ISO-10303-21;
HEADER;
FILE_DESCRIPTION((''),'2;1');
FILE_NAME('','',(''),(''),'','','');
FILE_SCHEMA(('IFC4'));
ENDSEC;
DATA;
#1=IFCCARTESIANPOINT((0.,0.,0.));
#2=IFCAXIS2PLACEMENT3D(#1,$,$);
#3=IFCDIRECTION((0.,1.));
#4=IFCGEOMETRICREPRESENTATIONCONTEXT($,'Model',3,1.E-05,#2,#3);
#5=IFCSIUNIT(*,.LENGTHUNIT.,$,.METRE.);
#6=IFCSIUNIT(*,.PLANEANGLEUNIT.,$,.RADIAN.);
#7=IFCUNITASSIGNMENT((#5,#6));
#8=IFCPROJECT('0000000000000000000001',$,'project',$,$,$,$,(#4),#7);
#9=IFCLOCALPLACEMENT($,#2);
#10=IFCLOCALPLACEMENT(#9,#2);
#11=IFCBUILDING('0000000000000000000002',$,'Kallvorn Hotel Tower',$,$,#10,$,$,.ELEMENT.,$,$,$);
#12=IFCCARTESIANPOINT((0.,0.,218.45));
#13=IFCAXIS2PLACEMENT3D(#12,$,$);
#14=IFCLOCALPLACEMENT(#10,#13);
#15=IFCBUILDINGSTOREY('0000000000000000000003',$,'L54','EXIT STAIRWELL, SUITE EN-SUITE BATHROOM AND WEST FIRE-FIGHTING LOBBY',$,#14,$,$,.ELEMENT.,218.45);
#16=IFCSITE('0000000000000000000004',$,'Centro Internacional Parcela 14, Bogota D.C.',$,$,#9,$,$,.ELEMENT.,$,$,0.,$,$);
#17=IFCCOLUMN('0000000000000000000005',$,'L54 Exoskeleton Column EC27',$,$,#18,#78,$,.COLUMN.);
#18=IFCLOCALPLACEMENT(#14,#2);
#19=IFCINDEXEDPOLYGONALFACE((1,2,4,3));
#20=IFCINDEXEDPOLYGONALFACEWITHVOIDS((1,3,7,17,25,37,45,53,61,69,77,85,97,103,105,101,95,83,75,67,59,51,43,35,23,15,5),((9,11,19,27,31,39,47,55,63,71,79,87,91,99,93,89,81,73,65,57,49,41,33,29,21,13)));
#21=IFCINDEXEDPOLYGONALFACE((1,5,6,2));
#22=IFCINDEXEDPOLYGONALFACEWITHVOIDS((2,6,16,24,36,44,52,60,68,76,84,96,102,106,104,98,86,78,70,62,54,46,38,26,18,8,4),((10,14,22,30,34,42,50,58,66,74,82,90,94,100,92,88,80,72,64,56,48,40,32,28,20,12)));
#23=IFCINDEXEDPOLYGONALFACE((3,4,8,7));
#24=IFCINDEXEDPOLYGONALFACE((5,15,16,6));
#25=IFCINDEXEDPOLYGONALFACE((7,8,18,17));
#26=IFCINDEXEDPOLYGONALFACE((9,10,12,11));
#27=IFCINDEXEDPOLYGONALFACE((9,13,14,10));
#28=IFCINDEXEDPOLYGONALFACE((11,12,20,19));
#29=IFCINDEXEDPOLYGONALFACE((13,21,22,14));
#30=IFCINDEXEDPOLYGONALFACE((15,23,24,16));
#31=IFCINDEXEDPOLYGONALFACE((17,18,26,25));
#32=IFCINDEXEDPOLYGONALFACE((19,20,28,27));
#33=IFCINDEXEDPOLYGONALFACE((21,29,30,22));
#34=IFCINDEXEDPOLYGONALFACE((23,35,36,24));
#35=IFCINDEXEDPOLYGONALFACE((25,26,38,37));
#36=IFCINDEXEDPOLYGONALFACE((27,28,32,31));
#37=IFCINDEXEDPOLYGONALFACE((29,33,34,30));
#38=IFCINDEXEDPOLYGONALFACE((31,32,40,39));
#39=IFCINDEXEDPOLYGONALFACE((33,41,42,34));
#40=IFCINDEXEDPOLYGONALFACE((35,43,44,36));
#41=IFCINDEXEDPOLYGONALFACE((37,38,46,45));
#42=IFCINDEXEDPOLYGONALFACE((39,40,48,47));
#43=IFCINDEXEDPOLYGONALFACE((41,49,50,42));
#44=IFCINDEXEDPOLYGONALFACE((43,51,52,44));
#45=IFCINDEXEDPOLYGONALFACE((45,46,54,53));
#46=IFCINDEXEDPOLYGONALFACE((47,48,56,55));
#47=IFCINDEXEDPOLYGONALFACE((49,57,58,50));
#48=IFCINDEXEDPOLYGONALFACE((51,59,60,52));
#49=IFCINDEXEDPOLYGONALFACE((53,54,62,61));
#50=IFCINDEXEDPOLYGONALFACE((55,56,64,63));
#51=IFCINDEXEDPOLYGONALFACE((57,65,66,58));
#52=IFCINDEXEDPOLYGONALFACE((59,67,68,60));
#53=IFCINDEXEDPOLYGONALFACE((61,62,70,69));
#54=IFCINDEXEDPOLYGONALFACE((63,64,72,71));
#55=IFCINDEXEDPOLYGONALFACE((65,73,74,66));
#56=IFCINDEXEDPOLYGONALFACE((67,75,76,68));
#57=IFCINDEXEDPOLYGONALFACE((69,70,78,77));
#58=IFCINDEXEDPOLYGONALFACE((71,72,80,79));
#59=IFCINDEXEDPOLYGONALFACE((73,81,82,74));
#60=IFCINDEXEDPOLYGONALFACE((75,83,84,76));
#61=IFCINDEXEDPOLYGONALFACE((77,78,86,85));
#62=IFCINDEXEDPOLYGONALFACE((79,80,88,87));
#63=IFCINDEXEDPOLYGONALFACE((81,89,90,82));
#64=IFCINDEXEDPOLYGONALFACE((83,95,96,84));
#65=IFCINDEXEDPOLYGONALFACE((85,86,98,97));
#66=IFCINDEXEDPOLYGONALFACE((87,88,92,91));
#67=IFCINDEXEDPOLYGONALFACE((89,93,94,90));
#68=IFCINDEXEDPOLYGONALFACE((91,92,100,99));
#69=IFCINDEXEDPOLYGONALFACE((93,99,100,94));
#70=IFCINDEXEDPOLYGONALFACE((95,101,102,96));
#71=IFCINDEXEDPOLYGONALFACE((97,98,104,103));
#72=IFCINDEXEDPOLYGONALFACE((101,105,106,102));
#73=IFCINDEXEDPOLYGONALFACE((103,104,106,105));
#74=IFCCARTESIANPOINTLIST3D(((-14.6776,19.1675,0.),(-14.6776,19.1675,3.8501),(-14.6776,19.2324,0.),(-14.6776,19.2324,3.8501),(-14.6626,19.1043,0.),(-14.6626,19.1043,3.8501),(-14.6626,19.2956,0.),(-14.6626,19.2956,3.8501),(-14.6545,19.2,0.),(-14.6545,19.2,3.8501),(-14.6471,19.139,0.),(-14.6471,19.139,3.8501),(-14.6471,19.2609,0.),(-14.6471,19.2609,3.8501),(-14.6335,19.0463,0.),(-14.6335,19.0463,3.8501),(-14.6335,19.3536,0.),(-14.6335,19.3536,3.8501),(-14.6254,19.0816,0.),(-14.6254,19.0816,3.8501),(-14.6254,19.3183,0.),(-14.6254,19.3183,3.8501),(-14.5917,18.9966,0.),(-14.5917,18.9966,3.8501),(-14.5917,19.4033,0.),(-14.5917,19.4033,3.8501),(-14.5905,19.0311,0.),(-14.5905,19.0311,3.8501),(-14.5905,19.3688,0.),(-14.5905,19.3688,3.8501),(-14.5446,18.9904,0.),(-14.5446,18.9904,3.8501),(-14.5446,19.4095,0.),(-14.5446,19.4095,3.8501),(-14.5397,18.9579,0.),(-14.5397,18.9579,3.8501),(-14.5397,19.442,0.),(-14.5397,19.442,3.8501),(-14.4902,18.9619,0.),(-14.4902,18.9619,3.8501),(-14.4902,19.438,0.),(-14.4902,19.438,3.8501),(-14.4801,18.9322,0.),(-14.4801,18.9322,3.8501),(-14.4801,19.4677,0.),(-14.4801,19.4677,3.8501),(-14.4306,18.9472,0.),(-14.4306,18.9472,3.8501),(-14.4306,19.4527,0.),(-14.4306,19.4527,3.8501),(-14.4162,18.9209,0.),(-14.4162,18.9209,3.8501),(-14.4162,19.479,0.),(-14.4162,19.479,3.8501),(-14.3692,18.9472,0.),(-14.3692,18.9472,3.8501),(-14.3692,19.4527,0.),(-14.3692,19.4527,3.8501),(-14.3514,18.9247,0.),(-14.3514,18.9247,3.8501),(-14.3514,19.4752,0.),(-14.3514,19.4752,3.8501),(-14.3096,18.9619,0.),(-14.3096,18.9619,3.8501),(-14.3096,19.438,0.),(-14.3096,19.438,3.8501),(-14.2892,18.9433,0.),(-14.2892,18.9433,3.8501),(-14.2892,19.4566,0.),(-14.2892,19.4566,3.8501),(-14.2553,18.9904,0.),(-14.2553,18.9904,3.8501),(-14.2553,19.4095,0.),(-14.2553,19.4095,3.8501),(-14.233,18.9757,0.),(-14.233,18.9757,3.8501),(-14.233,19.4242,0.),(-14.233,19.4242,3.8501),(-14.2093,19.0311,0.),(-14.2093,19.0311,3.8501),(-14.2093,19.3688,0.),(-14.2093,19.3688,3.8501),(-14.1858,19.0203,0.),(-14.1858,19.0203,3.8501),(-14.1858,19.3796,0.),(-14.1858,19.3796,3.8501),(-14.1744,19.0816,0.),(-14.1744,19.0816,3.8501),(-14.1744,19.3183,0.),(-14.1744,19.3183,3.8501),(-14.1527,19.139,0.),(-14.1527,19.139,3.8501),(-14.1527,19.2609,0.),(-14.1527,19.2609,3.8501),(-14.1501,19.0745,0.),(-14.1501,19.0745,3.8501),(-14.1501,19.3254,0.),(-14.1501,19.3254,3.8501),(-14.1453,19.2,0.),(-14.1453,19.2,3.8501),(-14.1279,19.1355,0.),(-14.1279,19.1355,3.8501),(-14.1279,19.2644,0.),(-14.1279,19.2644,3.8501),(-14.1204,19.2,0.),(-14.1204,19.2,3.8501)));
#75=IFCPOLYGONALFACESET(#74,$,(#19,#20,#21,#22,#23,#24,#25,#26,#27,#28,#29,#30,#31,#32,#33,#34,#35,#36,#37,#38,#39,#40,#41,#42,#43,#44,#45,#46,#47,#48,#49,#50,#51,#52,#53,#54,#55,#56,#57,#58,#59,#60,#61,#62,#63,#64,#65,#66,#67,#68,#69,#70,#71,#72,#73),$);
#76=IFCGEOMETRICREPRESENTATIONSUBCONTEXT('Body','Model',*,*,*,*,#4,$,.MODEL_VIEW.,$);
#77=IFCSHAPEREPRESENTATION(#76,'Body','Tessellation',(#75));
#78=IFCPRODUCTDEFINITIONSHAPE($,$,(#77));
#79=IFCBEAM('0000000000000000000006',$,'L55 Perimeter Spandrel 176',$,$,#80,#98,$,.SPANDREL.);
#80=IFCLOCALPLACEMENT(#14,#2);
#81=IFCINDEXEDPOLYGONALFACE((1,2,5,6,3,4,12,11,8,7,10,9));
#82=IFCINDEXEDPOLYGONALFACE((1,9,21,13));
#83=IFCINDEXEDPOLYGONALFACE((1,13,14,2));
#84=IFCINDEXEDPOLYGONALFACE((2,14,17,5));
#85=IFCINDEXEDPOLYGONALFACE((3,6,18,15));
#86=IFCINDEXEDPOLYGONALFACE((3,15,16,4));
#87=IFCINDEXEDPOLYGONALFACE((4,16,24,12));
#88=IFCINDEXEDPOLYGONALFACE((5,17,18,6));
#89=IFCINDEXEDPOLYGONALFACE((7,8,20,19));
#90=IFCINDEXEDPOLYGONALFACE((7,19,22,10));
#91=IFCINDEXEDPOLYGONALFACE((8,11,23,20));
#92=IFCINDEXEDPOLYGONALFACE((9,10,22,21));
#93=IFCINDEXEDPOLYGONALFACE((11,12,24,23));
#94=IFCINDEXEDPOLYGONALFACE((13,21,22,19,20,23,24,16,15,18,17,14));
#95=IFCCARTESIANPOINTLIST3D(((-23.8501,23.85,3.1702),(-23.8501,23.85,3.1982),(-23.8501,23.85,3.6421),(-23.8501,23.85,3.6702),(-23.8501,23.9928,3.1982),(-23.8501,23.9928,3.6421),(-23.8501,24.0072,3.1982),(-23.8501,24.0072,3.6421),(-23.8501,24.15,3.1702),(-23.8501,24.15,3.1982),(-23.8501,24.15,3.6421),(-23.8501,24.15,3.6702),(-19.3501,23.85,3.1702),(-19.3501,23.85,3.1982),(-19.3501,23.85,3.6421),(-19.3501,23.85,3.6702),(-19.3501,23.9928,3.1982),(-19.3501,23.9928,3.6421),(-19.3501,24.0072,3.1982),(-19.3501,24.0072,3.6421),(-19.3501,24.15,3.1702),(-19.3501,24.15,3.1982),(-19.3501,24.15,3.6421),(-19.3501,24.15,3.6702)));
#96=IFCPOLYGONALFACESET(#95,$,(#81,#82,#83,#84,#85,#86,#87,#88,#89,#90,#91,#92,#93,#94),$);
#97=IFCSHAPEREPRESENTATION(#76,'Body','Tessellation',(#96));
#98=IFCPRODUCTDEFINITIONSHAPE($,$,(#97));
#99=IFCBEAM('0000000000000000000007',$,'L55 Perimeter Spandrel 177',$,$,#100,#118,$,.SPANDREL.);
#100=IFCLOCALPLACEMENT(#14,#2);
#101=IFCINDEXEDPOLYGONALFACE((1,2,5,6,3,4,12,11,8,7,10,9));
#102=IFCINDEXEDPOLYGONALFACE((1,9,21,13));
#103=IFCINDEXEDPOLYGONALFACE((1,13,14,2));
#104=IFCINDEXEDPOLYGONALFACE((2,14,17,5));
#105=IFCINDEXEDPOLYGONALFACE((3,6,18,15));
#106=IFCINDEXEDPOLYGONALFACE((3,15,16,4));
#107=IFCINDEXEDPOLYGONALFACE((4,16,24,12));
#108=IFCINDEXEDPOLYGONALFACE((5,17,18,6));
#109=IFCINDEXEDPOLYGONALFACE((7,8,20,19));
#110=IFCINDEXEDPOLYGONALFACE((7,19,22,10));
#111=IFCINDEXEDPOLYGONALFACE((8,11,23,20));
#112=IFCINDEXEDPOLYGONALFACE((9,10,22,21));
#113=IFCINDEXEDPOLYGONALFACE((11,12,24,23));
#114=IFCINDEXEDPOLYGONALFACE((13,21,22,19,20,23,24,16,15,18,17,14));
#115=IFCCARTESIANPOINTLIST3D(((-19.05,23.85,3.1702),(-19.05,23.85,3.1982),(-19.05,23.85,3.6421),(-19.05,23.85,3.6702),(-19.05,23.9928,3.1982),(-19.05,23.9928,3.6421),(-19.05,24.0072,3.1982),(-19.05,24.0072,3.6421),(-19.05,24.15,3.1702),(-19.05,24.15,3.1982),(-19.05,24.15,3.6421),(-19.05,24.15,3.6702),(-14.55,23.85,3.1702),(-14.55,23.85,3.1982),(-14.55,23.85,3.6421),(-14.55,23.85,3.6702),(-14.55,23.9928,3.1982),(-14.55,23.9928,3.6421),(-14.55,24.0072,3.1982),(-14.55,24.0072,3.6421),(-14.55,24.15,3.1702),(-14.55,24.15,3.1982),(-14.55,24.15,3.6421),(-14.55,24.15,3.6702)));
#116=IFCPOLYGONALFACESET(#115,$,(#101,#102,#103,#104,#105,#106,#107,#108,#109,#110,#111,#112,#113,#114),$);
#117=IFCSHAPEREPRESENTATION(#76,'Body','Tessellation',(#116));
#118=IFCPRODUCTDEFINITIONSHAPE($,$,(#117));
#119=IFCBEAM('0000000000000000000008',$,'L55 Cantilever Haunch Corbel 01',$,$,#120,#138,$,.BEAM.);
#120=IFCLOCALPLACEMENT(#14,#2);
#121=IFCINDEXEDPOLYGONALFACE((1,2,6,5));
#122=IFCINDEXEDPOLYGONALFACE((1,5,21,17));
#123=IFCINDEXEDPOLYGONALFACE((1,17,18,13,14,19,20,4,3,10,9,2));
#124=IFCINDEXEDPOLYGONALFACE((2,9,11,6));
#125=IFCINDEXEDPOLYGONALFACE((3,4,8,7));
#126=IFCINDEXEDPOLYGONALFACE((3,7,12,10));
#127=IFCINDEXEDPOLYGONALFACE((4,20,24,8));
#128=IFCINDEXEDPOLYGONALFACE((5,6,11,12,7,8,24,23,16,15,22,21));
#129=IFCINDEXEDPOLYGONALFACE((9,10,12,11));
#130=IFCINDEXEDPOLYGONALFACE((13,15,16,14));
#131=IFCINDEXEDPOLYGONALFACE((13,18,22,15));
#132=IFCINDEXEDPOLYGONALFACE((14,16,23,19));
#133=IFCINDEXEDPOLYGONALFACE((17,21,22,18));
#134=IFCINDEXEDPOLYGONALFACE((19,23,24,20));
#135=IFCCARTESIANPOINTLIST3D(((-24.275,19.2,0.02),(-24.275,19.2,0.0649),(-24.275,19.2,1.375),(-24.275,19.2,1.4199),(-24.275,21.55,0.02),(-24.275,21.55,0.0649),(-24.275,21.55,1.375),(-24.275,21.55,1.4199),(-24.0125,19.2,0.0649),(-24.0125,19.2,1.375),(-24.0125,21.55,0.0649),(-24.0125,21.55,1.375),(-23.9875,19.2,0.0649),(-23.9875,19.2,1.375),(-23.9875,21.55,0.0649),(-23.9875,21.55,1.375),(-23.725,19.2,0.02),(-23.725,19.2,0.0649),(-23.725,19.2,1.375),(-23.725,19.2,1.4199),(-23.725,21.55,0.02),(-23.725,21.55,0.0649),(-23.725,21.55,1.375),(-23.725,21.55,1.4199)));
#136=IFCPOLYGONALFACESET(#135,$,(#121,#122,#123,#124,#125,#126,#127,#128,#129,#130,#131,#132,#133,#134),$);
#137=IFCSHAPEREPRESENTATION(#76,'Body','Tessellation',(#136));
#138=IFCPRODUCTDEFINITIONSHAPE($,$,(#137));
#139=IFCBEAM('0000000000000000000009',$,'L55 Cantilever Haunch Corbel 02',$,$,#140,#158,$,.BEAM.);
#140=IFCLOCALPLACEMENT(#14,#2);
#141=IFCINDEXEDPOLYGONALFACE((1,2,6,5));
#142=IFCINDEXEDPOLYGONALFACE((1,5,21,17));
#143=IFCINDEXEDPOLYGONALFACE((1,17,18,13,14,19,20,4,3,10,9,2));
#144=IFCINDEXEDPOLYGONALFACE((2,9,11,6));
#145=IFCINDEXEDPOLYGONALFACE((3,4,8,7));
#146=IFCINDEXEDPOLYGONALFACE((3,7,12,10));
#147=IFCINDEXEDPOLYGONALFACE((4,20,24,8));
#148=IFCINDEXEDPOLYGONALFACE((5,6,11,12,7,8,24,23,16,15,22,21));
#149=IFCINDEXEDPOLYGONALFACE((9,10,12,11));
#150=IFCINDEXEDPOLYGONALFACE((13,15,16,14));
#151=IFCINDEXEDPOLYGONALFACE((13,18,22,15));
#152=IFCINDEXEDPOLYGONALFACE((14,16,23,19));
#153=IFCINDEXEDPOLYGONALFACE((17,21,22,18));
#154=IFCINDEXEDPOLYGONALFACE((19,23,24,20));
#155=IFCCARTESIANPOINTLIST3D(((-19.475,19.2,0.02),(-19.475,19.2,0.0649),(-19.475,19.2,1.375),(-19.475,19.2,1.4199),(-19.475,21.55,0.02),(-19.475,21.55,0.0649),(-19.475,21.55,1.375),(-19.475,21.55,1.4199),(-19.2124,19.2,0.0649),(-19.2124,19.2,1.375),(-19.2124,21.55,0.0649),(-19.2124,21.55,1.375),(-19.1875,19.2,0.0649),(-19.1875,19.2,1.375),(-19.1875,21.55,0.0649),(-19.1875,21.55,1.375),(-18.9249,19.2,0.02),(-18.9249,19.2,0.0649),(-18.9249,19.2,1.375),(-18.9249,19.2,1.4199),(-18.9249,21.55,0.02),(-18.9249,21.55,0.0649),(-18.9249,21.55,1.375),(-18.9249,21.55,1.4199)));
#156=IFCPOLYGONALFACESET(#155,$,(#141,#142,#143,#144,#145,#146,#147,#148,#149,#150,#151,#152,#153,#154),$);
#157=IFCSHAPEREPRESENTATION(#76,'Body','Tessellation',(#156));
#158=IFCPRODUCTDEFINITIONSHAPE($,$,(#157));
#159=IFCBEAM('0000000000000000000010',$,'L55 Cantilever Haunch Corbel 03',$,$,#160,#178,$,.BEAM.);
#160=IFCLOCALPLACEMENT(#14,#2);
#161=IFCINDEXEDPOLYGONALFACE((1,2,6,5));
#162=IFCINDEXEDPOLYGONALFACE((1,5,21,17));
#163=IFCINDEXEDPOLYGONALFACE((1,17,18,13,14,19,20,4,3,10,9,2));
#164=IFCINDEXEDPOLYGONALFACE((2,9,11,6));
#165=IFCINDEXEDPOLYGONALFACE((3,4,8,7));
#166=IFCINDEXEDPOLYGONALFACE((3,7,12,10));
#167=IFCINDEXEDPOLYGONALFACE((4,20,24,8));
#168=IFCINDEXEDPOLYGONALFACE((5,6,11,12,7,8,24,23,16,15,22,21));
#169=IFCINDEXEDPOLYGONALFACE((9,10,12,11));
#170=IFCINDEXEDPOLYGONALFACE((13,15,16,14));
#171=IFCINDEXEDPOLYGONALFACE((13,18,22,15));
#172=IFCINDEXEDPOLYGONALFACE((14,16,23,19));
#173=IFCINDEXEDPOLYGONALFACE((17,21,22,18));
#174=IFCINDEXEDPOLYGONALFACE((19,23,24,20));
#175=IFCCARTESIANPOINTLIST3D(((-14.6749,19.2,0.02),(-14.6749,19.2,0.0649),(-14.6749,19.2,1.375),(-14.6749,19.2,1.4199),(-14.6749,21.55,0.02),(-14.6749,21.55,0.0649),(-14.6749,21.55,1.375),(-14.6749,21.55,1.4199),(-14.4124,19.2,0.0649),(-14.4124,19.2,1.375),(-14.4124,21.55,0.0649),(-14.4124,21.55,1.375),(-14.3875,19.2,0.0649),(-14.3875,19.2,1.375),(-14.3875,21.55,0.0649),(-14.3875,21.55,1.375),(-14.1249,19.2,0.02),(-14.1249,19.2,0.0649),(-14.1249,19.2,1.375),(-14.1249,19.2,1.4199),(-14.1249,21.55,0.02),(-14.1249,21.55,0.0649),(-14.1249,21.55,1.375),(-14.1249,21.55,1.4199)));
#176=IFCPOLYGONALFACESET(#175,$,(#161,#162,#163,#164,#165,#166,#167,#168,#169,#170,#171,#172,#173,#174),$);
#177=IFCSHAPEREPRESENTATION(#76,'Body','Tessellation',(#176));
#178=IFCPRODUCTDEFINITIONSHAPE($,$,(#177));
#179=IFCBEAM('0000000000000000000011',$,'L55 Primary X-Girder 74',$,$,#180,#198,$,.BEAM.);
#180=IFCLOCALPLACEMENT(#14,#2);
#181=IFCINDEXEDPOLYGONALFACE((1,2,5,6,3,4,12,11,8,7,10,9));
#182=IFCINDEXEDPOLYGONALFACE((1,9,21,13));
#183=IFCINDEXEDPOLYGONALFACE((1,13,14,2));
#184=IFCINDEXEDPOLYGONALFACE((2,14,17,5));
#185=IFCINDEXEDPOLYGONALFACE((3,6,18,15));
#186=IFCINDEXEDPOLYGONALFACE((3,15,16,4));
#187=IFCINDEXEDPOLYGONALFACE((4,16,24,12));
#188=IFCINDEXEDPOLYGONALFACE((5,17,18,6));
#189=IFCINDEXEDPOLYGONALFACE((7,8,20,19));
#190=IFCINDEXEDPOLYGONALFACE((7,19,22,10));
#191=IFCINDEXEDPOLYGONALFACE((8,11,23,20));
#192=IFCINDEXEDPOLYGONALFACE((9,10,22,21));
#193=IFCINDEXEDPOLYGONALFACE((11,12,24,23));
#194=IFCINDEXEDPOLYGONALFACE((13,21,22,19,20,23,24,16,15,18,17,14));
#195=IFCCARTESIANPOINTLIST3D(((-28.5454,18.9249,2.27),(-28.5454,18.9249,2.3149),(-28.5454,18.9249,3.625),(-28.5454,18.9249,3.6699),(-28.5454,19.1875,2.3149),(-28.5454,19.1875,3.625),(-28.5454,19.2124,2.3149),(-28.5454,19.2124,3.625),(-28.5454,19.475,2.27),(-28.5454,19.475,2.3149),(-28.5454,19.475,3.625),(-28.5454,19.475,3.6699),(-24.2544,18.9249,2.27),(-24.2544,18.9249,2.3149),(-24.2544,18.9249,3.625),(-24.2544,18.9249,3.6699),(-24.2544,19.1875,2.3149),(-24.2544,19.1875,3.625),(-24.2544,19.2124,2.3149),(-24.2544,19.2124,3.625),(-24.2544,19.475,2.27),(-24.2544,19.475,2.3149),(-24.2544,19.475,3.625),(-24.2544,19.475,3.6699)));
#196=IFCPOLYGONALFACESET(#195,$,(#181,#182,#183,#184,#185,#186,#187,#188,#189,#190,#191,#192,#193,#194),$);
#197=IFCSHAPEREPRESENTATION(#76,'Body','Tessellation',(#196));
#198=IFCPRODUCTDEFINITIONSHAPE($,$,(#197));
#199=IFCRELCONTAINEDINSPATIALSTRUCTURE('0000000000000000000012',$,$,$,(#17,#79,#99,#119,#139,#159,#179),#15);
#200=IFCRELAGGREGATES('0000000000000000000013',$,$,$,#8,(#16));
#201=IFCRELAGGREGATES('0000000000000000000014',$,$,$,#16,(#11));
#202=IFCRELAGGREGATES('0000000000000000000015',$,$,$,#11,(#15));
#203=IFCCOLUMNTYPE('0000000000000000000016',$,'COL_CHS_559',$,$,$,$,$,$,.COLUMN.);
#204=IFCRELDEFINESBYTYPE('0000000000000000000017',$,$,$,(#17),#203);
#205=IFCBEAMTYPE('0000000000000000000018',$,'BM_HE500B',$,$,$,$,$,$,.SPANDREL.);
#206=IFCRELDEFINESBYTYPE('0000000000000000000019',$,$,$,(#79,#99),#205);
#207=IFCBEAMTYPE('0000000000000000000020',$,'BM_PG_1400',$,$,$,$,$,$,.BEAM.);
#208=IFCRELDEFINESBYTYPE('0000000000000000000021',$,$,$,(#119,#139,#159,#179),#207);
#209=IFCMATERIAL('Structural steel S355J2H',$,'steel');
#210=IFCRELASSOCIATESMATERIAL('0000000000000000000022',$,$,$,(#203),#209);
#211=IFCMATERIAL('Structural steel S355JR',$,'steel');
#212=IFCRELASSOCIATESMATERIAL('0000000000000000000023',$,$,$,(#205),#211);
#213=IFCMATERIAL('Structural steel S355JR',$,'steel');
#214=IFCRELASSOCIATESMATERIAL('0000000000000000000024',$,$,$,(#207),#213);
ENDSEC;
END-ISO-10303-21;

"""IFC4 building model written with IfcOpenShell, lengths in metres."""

from ifc_helpers import new_model, si_unit, direction, frame, origin, origin_2d, place, context, subcontext, project, spatial, hollow_circle, i_section, extrude, material, material_profile, profile_set, type_object, element, save


model = new_model("IFC4")

# Units and contexts
model_context = context("Model", 3, precision=1e-05, world=origin(), true_north=direction((0.0, 1.0)))
body_context = subcontext(model_context, "Body", "Model", "MODEL_VIEW")
ifc_project = project(units=[si_unit("LENGTHUNIT", "METRE"), si_unit("PLANEANGLEUNIT", "RADIAN")], contexts=[model_context])

# Site, building, storey
site_placement = place(None, origin())
site = spatial("IfcSite", under=ifc_project, at=site_placement, Name="Centro Internacional Parcela 14, Bogota D.C.", CompositionType="ELEMENT", RefElevation=0.0)
building_placement = place(site_placement, origin())
building = spatial("IfcBuilding", under=site, at=building_placement, Name="Kallvorn Hotel Tower", CompositionType="ELEMENT")
storey_placement = place(building_placement, frame((0.0, 0.0, 218.45)))
storey = spatial("IfcBuildingStorey", under=building, at=storey_placement, Name="L54", Description="EXIT STAIRWELL, SUITE EN-SUITE BATHROOM AND WEST FIRE-FIGHTING LOBBY", CompositionType="ELEMENT", Elevation=218.45)

# Column
ifc_material_1 = material(Name="Structural steel S355J2H", Category="steel")
ifc_material_profile_1 = material_profile(ifc_material_1, hollow_circle(Radius=0.2795, WallThickness=0.0249, at=origin_2d()), Name="CHS 559x25")
ifc_profile_set_1 = profile_set([ifc_material_profile_1], Name="Structural steel S355J2H")
column_type_1 = type_object("IfcColumnType", Name="COL_CHS_559", PredefinedType="COLUMN", material=ifc_profile_set_1)
for number, where, z_axis, x_axis, name in (
    (1, (-14.3999, 19.2, 0.0), (0.0, 0.0, 1.0), (1.0, 0.0, 0.0), "L54 Exoskeleton Column EC27"),
):
    element("IfcColumn", number, at=place(storey_placement, frame(where, z_axis=z_axis, x_axis=x_axis)), inside=storey, type_object=column_type_1, Name=name, PredefinedType="COLUMN", context=body_context, shape_type="SweptSolid", body=[
        extrude(hollow_circle(Radius=0.2795, WallThickness=0.0249, at=origin_2d()), origin(), (0.0, 0.0, 1.0), 3.8501),
    ])

# Beams
ifc_material_2 = material(Name="Structural steel S355JR", Category="steel")
ifc_material_profile_2 = material_profile(ifc_material_2, i_section(OverallWidth=0.3, OverallDepth=0.5, WebThickness=0.0144, FlangeThickness=0.0281, at=origin_2d()), Name="HE 500 B")
ifc_profile_set_2 = profile_set([ifc_material_profile_2], Name="Structural steel S355JR")
beam_type_1 = type_object("IfcBeamType", Name="BM_HE500B", PredefinedType="SPANDREL", material=ifc_profile_set_2)
for number, where, z_axis, x_axis, name in (
    (2, (-23.8501, 24.0, 3.4202), (1.0, 0.0, 0.0), (0.0, 1.0, 0.0), "L55 Perimeter Spandrel 176"),
    (3, (-19.05, 24.0, 3.4202), (1.0, 0.0, 0.0), (0.0, 1.0, 0.0), "L55 Perimeter Spandrel 177"),
):
    element("IfcBeam", number, at=place(storey_placement, frame(where, z_axis=z_axis, x_axis=x_axis)), inside=storey, type_object=beam_type_1, Name=name, PredefinedType="SPANDREL", context=body_context, shape_type="SweptSolid", body=[
        extrude(i_section(OverallWidth=0.3, OverallDepth=0.5, WebThickness=0.0144, FlangeThickness=0.0281, at=origin_2d()), origin(), (0.0, 0.0, 1.0), 4.5),
    ])
ifc_material_3 = material(Name="Structural steel S355JR", Category="steel")
ifc_material_profile_3 = material_profile(ifc_material_3, i_section(OverallWidth=0.55, OverallDepth=1.3999, WebThickness=0.0249, FlangeThickness=0.0449, at=origin_2d()), Name="PG 1400x550x25x45")
ifc_profile_set_3 = profile_set([ifc_material_profile_3], Name="Structural steel S355JR")
beam_type_2 = type_object("IfcBeamType", Name="BM_PG_1400", PredefinedType="BEAM", material=ifc_profile_set_3)
for number, where, z_axis, x_axis, name in (
    (4, (-24.0, 19.2, 0.72), (0.0, 1.0, 0.0), (-1.0, 0.0, 0.0), "L55 Cantilever Haunch Corbel 01"),
    (5, (-19.2, 19.2, 0.72), (0.0, 1.0, 0.0), (-1.0, 0.0, 0.0), "L55 Cantilever Haunch Corbel 02"),
    (6, (-14.3999, 19.2, 0.72), (0.0, 1.0, 0.0), (-1.0, 0.0, 0.0), "L55 Cantilever Haunch Corbel 03"),
):
    element("IfcBeam", number, at=place(storey_placement, frame(where, z_axis=z_axis, x_axis=x_axis)), inside=storey, type_object=beam_type_2, Name=name, PredefinedType="BEAM", context=body_context, shape_type="SweptSolid", body=[
        extrude(i_section(OverallWidth=0.55, OverallDepth=1.3999, WebThickness=0.0249, FlangeThickness=0.0449, at=origin_2d()), origin(), (0.0, 0.0, 1.0), 2.3501),
    ])
for number, where, z_axis, x_axis, name in (
    (7, (-28.5454, 19.2, 2.97), (1.0, 0.0, 0.0), (0.0, 1.0, 0.0), "L55 Primary X-Girder 74"),
):
    element("IfcBeam", number, at=place(storey_placement, frame(where, z_axis=z_axis, x_axis=x_axis)), inside=storey, type_object=beam_type_2, Name=name, PredefinedType="BEAM", context=body_context, shape_type="SweptSolid", body=[
        extrude(i_section(OverallWidth=0.55, OverallDepth=1.3999, WebThickness=0.0249, FlangeThickness=0.0449, at=origin_2d()), origin(), (0.0, 0.0, 1.0), 4.291),
    ])

save(model, "model.ifc")
